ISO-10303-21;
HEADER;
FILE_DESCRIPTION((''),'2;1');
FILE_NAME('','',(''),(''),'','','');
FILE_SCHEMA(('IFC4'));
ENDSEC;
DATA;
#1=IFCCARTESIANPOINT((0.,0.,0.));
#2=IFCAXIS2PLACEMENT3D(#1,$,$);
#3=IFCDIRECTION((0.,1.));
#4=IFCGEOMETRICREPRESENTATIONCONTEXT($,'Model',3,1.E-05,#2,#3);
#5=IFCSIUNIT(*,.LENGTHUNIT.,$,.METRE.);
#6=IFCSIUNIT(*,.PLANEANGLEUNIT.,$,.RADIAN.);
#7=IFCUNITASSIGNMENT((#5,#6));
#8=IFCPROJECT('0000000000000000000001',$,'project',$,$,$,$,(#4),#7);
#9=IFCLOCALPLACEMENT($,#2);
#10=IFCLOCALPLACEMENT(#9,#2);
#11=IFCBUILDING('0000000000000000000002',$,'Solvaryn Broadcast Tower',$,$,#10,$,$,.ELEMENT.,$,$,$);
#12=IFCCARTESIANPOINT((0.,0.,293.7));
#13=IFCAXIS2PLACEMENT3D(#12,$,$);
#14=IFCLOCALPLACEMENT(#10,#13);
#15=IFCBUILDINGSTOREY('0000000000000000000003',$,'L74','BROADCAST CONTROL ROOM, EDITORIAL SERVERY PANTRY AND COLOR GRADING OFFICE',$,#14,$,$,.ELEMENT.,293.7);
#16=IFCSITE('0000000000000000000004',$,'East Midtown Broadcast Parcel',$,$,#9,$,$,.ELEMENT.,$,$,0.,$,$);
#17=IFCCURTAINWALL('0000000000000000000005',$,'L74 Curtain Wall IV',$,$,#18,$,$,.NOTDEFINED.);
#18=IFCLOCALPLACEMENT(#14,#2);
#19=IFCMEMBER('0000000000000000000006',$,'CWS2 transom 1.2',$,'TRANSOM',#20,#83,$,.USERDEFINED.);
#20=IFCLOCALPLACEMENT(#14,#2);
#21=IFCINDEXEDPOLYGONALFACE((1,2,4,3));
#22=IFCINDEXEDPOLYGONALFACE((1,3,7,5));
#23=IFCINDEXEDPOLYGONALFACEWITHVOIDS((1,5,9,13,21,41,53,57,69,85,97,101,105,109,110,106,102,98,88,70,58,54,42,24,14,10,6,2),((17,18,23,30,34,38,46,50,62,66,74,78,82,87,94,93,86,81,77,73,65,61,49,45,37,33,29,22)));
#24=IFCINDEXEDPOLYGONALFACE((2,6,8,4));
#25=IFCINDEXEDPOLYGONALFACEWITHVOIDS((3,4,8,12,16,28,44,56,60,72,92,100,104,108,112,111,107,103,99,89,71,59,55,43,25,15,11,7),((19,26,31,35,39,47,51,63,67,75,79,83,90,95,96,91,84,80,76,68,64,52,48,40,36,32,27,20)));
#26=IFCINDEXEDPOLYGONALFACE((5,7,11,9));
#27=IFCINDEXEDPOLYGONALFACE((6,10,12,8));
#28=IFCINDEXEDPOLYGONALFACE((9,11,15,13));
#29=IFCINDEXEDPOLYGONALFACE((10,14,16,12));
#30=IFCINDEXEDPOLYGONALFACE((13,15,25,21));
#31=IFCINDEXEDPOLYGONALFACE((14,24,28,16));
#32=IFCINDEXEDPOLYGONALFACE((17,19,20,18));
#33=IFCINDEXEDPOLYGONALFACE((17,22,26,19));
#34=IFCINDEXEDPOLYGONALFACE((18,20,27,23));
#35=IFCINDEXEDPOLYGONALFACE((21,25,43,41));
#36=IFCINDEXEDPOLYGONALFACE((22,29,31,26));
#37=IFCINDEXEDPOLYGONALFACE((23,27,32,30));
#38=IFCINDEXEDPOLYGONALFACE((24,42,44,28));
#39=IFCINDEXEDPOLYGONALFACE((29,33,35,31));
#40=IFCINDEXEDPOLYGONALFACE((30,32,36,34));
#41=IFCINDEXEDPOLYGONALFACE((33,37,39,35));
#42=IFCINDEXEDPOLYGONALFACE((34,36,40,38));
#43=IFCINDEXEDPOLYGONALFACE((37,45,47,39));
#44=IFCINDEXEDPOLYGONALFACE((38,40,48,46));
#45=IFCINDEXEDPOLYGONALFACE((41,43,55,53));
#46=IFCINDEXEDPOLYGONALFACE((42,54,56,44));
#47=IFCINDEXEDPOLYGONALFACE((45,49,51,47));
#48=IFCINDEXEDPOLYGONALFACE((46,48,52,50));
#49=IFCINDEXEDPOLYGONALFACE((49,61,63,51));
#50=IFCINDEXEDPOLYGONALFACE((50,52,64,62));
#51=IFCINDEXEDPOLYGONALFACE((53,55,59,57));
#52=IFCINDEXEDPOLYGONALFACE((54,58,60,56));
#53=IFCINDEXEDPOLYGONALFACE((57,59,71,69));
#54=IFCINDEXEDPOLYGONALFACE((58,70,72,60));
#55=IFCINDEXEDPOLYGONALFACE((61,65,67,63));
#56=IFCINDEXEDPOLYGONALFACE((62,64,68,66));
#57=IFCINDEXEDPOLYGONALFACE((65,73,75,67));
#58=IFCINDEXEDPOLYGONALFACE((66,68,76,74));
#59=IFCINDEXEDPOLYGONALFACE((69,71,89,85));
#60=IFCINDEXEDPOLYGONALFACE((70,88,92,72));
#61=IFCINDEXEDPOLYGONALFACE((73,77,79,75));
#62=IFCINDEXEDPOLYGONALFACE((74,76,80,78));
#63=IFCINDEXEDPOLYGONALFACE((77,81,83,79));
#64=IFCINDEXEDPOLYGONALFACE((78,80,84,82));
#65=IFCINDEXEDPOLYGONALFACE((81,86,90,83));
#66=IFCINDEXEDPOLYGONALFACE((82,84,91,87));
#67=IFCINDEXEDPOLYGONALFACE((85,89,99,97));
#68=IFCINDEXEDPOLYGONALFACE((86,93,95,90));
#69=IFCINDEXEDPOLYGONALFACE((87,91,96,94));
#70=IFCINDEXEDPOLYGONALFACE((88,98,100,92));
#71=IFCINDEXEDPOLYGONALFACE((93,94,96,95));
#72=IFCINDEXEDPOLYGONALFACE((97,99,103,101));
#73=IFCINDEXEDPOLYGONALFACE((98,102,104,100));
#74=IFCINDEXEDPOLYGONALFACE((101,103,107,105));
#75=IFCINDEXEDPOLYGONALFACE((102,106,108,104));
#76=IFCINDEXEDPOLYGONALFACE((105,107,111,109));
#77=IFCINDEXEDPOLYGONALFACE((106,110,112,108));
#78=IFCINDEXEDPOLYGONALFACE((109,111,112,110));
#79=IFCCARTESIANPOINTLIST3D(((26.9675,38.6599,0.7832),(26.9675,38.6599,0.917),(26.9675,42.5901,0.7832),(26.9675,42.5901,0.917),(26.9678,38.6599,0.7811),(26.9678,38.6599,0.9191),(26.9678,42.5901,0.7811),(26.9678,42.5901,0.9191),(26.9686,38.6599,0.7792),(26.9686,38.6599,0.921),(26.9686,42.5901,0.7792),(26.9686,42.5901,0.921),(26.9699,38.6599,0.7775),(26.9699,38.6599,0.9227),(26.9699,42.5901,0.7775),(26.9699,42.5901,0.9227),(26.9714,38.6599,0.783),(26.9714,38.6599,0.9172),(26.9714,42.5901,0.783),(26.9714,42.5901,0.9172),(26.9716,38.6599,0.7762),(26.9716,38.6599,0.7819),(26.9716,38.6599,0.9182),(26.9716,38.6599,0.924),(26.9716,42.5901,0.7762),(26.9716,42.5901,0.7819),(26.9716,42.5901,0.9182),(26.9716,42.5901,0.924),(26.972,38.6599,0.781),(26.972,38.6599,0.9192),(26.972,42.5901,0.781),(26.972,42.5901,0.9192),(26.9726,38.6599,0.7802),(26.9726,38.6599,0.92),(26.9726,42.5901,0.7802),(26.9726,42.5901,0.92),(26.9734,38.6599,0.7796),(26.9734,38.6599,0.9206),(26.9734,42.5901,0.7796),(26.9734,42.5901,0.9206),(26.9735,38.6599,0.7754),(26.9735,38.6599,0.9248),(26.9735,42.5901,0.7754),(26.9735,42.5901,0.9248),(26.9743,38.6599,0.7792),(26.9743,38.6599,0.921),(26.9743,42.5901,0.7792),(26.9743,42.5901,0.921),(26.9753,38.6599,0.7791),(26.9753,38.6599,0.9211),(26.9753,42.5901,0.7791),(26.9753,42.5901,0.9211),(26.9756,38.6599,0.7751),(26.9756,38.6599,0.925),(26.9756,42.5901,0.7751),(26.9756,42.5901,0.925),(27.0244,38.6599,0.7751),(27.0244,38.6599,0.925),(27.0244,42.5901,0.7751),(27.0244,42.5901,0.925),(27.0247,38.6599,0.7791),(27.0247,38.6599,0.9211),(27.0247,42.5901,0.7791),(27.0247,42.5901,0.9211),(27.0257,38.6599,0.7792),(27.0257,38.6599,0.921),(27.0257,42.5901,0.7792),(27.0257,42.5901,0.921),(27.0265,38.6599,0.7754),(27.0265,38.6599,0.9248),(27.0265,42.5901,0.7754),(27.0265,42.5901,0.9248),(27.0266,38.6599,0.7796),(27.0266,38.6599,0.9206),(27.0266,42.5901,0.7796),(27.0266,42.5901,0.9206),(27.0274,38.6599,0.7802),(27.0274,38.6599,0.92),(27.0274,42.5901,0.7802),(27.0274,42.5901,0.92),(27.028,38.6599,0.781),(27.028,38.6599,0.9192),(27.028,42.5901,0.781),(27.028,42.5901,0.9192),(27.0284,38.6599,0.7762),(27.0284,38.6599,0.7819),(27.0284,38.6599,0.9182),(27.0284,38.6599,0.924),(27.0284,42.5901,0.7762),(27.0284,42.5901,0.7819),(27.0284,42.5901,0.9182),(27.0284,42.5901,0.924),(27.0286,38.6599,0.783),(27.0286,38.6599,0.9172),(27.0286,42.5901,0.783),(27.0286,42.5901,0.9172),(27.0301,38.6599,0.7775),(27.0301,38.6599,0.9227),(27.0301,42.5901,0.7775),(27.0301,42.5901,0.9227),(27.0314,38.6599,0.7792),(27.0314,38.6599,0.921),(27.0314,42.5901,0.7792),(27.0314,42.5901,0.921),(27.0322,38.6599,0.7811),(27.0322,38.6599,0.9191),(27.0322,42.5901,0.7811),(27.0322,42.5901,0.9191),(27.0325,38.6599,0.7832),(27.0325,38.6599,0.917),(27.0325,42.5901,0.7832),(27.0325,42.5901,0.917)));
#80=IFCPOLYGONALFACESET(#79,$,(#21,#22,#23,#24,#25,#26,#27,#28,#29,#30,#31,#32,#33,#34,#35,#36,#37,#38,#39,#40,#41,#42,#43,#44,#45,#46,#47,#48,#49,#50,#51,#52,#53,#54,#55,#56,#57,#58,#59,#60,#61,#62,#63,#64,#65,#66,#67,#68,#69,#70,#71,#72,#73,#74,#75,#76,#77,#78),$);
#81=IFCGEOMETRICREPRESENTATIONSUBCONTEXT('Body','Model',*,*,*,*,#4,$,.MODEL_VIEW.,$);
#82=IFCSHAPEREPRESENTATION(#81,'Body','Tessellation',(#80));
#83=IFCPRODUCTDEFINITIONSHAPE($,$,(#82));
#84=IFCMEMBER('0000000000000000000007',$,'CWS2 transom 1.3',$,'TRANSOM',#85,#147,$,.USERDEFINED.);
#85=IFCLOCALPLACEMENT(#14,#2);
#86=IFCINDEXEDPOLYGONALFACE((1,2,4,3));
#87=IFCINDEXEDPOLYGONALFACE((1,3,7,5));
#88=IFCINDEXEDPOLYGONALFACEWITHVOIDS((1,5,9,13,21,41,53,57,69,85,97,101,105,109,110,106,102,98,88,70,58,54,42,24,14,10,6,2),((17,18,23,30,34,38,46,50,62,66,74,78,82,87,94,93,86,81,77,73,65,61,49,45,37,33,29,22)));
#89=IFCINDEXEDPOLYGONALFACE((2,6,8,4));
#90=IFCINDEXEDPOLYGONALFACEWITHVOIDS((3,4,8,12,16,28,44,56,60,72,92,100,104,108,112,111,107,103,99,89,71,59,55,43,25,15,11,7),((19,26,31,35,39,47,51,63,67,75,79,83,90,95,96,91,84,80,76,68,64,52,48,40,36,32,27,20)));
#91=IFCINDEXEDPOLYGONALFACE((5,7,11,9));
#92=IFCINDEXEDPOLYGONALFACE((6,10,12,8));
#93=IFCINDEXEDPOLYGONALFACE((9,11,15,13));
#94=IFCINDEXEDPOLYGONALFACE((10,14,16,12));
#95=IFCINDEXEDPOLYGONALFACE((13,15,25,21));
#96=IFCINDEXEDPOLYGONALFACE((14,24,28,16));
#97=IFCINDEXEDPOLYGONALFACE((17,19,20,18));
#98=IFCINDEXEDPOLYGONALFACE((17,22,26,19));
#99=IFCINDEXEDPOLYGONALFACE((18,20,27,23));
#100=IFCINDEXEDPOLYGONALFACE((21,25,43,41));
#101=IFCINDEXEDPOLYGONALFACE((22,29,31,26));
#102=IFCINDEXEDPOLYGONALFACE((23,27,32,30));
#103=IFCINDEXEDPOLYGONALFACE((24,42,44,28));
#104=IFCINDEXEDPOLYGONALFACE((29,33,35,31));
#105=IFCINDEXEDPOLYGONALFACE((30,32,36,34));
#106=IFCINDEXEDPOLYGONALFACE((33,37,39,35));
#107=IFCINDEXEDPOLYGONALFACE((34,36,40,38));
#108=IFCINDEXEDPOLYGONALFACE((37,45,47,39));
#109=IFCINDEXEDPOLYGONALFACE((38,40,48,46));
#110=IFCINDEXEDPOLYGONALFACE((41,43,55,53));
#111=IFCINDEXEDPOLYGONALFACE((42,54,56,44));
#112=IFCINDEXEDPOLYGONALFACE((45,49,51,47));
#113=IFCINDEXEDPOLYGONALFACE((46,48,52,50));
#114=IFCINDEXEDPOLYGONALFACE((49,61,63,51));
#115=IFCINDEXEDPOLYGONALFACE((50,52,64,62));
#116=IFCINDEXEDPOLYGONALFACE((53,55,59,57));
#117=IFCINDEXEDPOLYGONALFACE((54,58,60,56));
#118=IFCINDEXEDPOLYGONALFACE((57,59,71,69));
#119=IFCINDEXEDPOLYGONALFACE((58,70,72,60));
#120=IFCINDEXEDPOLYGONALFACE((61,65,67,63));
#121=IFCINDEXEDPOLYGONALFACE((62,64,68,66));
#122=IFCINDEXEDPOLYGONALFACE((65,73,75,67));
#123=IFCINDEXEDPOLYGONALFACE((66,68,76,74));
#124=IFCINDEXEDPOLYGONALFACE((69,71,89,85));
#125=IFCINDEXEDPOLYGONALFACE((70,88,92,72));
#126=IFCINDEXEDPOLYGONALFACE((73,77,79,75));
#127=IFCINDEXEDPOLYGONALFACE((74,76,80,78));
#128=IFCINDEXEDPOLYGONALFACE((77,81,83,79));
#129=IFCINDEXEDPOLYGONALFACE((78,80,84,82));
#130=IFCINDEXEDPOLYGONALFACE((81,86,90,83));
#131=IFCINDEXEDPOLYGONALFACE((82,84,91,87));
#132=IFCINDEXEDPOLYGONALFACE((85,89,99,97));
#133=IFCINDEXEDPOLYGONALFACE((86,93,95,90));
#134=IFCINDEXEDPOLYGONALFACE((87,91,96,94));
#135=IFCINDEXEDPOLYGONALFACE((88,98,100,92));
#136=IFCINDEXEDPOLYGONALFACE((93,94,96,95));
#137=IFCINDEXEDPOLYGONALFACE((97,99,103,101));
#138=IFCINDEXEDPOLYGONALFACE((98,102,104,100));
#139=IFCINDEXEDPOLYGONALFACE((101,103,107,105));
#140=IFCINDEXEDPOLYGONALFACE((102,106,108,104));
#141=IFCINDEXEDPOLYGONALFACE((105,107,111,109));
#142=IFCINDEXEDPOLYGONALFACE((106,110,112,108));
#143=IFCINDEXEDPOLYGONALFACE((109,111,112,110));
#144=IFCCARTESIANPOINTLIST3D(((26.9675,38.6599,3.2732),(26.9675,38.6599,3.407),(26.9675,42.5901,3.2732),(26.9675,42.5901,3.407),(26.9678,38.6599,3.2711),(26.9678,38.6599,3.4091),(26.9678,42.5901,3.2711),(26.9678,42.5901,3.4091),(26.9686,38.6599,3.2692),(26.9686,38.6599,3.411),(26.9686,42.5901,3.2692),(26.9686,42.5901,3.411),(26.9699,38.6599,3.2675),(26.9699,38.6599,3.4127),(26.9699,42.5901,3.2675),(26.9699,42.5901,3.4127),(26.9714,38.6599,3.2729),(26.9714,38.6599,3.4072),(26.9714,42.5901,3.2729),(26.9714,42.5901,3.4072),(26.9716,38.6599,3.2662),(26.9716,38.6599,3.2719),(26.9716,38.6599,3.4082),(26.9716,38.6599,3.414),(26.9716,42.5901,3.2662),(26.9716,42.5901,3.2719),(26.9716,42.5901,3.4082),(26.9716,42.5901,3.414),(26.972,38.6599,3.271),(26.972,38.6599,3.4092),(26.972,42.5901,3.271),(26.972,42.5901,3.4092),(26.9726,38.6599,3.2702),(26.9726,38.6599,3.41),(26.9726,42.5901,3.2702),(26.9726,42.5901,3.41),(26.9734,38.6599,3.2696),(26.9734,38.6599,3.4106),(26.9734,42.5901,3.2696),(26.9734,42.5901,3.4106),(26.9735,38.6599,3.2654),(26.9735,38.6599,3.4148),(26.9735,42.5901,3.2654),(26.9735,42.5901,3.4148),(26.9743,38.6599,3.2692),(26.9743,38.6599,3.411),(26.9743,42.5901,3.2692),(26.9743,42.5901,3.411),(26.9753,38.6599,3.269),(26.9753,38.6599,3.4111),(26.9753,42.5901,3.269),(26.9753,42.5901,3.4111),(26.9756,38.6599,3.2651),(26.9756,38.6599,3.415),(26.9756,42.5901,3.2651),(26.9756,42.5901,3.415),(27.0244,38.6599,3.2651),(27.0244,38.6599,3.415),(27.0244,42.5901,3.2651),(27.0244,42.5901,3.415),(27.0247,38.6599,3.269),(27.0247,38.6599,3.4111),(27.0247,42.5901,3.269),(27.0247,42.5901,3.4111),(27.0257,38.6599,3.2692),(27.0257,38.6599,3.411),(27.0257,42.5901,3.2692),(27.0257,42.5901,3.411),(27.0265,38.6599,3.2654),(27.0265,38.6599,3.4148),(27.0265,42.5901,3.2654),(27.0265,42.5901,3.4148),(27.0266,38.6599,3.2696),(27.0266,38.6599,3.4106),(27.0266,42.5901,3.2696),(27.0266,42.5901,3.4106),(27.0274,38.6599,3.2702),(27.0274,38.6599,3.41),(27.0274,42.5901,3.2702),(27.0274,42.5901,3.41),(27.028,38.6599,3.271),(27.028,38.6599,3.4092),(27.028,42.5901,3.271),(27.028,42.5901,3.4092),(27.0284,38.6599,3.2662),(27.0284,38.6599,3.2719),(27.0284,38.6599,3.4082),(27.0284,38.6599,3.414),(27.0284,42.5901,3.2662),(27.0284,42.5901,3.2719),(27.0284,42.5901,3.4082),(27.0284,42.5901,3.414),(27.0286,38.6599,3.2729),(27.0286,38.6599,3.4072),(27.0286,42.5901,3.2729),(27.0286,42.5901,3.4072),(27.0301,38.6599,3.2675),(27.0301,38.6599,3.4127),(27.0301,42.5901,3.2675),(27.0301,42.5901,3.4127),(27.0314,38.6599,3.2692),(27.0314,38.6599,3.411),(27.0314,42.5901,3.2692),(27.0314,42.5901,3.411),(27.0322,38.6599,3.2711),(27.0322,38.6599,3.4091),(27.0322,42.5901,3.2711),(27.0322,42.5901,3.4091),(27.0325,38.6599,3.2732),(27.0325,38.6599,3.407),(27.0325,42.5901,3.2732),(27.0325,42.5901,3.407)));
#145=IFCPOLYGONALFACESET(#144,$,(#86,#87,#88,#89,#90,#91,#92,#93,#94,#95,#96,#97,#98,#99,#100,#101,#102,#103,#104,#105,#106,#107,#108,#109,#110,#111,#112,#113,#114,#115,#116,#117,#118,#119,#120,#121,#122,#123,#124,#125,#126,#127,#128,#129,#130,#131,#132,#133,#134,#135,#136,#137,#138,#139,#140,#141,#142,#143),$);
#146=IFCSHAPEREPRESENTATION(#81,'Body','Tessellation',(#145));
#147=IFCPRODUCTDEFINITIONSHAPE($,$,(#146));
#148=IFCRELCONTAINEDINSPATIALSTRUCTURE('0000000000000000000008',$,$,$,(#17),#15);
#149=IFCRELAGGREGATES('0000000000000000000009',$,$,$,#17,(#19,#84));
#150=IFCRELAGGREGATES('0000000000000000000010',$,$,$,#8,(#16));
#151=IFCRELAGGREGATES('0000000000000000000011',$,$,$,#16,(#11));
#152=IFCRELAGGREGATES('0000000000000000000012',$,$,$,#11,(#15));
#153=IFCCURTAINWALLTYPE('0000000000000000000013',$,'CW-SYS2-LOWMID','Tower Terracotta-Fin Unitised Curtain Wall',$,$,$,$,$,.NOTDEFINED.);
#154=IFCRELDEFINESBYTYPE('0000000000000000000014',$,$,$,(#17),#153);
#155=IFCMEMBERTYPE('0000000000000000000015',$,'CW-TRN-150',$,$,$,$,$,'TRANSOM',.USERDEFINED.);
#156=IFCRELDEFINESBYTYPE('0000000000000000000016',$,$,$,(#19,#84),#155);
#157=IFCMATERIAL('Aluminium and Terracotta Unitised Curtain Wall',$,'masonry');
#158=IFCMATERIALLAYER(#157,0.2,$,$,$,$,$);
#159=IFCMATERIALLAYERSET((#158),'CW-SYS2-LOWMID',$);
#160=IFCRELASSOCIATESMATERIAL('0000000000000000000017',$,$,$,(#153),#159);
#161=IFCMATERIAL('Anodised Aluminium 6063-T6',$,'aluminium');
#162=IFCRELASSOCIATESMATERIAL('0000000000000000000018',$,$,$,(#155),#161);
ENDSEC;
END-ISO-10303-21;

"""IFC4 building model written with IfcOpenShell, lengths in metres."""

from ifc_helpers import new_model, si_unit, direction, frame, origin, origin_2d, place, context, subcontext, project, spatial, hollow_rectangle, extrude, material, layer, layer_set, material_profile, profile_set, type_object, element, aggregate, save


model = new_model("IFC4")

# Units and contexts
model_context = context("Model", 3, precision=1e-05, world=origin(), true_north=direction((0.0, 1.0)))
body_context = subcontext(model_context, "Body", "Model", "MODEL_VIEW")
ifc_project = project(units=[si_unit("LENGTHUNIT", "METRE"), si_unit("PLANEANGLEUNIT", "RADIAN")], contexts=[model_context])

# Site, building, storey
site_placement = place(None, origin())
site = spatial("IfcSite", under=ifc_project, at=site_placement, Name="East Midtown Broadcast Parcel", CompositionType="ELEMENT", RefElevation=0.0)
building_placement = place(site_placement, origin())
building = spatial("IfcBuilding", under=site, at=building_placement, Name="Solvaryn Broadcast Tower", CompositionType="ELEMENT")
storey_placement = place(building_placement, frame((0.0, 0.0, 293.7)))
storey = spatial("IfcBuildingStorey", under=building, at=storey_placement, Name="L74", Description="BROADCAST CONTROL ROOM, EDITORIAL SERVERY PANTRY AND COLOR GRADING OFFICE", CompositionType="ELEMENT", Elevation=293.7)

# Curtain wall
ifc_material_1 = material(Name="Aluminium and Terracotta Unitised Curtain Wall", Category="masonry")
ifc_layer_1 = layer(ifc_material_1, 0.2)
ifc_layer_set_1 = layer_set([ifc_layer_1], Name="CW-SYS2-LOWMID")
curtain_wall_type = type_object("IfcCurtainWallType", Name="CW-SYS2-LOWMID", Description="Tower Terracotta-Fin Unitised Curtain Wall", PredefinedType="NOTDEFINED", material=ifc_layer_set_1)
curtain_wall_1_placement = place(storey_placement, origin())
curtain_wall_1 = element("IfcCurtainWall", 1, at=curtain_wall_1_placement, inside=storey, type_object=curtain_wall_type, Name="L74 Curtain Wall IV", PredefinedType="NOTDEFINED")

# Members
ifc_material_2 = material(Name="Anodised Aluminium 6063-T6", Category="aluminium")
ifc_material_profile_1 = material_profile(ifc_material_2, hollow_rectangle(XDim=0.0649, YDim=0.1499, WallThickness=0.0039, InnerFilletRadius=0.0039, OuterFilletRadius=0.0081, at=origin_2d()))
ifc_profile_set_1 = profile_set([ifc_material_profile_1], Name="Anodised Aluminium 6063-T6")
member_type_1 = type_object("IfcMemberType", Name="CW-TRN-150", ElementType="TRANSOM", PredefinedType="USERDEFINED", material=ifc_profile_set_1)
member_1_placement = place(storey_placement, frame((27.0, 42.5901, 0.8501), z_axis=(0.0, -1.0, 0.0), x_axis=(1.0, 0.0, 0.0)))
member_1 = element("IfcMember", 2, at=member_1_placement, type_object=member_type_1, Name="CWS2 transom 1.2", ObjectType="TRANSOM", PredefinedType="USERDEFINED", context=body_context, shape_type="SweptSolid", body=[
    extrude(hollow_rectangle(XDim=0.0649, YDim=0.1499, WallThickness=0.0039, InnerFilletRadius=0.0039, OuterFilletRadius=0.0081, at=origin_2d()), origin(), (0.0, 0.0, 1.0), 3.9302),
])
member_2_placement = place(storey_placement, frame((27.0, 42.5901, 3.3401), z_axis=(0.0, -1.0, 0.0), x_axis=(1.0, 0.0, 0.0)))
member_2 = element("IfcMember", 3, at=member_2_placement, type_object=member_type_1, Name="CWS2 transom 1.3", ObjectType="TRANSOM", PredefinedType="USERDEFINED", context=body_context, shape_type="SweptSolid", body=[
    extrude(hollow_rectangle(XDim=0.0649, YDim=0.1499, WallThickness=0.0039, InnerFilletRadius=0.0039, OuterFilletRadius=0.0081, at=origin_2d()), origin(), (0.0, 0.0, 1.0), 3.9302),
])

aggregate(curtain_wall_1, [member_1, member_2])

save(model, "model.ifc")
